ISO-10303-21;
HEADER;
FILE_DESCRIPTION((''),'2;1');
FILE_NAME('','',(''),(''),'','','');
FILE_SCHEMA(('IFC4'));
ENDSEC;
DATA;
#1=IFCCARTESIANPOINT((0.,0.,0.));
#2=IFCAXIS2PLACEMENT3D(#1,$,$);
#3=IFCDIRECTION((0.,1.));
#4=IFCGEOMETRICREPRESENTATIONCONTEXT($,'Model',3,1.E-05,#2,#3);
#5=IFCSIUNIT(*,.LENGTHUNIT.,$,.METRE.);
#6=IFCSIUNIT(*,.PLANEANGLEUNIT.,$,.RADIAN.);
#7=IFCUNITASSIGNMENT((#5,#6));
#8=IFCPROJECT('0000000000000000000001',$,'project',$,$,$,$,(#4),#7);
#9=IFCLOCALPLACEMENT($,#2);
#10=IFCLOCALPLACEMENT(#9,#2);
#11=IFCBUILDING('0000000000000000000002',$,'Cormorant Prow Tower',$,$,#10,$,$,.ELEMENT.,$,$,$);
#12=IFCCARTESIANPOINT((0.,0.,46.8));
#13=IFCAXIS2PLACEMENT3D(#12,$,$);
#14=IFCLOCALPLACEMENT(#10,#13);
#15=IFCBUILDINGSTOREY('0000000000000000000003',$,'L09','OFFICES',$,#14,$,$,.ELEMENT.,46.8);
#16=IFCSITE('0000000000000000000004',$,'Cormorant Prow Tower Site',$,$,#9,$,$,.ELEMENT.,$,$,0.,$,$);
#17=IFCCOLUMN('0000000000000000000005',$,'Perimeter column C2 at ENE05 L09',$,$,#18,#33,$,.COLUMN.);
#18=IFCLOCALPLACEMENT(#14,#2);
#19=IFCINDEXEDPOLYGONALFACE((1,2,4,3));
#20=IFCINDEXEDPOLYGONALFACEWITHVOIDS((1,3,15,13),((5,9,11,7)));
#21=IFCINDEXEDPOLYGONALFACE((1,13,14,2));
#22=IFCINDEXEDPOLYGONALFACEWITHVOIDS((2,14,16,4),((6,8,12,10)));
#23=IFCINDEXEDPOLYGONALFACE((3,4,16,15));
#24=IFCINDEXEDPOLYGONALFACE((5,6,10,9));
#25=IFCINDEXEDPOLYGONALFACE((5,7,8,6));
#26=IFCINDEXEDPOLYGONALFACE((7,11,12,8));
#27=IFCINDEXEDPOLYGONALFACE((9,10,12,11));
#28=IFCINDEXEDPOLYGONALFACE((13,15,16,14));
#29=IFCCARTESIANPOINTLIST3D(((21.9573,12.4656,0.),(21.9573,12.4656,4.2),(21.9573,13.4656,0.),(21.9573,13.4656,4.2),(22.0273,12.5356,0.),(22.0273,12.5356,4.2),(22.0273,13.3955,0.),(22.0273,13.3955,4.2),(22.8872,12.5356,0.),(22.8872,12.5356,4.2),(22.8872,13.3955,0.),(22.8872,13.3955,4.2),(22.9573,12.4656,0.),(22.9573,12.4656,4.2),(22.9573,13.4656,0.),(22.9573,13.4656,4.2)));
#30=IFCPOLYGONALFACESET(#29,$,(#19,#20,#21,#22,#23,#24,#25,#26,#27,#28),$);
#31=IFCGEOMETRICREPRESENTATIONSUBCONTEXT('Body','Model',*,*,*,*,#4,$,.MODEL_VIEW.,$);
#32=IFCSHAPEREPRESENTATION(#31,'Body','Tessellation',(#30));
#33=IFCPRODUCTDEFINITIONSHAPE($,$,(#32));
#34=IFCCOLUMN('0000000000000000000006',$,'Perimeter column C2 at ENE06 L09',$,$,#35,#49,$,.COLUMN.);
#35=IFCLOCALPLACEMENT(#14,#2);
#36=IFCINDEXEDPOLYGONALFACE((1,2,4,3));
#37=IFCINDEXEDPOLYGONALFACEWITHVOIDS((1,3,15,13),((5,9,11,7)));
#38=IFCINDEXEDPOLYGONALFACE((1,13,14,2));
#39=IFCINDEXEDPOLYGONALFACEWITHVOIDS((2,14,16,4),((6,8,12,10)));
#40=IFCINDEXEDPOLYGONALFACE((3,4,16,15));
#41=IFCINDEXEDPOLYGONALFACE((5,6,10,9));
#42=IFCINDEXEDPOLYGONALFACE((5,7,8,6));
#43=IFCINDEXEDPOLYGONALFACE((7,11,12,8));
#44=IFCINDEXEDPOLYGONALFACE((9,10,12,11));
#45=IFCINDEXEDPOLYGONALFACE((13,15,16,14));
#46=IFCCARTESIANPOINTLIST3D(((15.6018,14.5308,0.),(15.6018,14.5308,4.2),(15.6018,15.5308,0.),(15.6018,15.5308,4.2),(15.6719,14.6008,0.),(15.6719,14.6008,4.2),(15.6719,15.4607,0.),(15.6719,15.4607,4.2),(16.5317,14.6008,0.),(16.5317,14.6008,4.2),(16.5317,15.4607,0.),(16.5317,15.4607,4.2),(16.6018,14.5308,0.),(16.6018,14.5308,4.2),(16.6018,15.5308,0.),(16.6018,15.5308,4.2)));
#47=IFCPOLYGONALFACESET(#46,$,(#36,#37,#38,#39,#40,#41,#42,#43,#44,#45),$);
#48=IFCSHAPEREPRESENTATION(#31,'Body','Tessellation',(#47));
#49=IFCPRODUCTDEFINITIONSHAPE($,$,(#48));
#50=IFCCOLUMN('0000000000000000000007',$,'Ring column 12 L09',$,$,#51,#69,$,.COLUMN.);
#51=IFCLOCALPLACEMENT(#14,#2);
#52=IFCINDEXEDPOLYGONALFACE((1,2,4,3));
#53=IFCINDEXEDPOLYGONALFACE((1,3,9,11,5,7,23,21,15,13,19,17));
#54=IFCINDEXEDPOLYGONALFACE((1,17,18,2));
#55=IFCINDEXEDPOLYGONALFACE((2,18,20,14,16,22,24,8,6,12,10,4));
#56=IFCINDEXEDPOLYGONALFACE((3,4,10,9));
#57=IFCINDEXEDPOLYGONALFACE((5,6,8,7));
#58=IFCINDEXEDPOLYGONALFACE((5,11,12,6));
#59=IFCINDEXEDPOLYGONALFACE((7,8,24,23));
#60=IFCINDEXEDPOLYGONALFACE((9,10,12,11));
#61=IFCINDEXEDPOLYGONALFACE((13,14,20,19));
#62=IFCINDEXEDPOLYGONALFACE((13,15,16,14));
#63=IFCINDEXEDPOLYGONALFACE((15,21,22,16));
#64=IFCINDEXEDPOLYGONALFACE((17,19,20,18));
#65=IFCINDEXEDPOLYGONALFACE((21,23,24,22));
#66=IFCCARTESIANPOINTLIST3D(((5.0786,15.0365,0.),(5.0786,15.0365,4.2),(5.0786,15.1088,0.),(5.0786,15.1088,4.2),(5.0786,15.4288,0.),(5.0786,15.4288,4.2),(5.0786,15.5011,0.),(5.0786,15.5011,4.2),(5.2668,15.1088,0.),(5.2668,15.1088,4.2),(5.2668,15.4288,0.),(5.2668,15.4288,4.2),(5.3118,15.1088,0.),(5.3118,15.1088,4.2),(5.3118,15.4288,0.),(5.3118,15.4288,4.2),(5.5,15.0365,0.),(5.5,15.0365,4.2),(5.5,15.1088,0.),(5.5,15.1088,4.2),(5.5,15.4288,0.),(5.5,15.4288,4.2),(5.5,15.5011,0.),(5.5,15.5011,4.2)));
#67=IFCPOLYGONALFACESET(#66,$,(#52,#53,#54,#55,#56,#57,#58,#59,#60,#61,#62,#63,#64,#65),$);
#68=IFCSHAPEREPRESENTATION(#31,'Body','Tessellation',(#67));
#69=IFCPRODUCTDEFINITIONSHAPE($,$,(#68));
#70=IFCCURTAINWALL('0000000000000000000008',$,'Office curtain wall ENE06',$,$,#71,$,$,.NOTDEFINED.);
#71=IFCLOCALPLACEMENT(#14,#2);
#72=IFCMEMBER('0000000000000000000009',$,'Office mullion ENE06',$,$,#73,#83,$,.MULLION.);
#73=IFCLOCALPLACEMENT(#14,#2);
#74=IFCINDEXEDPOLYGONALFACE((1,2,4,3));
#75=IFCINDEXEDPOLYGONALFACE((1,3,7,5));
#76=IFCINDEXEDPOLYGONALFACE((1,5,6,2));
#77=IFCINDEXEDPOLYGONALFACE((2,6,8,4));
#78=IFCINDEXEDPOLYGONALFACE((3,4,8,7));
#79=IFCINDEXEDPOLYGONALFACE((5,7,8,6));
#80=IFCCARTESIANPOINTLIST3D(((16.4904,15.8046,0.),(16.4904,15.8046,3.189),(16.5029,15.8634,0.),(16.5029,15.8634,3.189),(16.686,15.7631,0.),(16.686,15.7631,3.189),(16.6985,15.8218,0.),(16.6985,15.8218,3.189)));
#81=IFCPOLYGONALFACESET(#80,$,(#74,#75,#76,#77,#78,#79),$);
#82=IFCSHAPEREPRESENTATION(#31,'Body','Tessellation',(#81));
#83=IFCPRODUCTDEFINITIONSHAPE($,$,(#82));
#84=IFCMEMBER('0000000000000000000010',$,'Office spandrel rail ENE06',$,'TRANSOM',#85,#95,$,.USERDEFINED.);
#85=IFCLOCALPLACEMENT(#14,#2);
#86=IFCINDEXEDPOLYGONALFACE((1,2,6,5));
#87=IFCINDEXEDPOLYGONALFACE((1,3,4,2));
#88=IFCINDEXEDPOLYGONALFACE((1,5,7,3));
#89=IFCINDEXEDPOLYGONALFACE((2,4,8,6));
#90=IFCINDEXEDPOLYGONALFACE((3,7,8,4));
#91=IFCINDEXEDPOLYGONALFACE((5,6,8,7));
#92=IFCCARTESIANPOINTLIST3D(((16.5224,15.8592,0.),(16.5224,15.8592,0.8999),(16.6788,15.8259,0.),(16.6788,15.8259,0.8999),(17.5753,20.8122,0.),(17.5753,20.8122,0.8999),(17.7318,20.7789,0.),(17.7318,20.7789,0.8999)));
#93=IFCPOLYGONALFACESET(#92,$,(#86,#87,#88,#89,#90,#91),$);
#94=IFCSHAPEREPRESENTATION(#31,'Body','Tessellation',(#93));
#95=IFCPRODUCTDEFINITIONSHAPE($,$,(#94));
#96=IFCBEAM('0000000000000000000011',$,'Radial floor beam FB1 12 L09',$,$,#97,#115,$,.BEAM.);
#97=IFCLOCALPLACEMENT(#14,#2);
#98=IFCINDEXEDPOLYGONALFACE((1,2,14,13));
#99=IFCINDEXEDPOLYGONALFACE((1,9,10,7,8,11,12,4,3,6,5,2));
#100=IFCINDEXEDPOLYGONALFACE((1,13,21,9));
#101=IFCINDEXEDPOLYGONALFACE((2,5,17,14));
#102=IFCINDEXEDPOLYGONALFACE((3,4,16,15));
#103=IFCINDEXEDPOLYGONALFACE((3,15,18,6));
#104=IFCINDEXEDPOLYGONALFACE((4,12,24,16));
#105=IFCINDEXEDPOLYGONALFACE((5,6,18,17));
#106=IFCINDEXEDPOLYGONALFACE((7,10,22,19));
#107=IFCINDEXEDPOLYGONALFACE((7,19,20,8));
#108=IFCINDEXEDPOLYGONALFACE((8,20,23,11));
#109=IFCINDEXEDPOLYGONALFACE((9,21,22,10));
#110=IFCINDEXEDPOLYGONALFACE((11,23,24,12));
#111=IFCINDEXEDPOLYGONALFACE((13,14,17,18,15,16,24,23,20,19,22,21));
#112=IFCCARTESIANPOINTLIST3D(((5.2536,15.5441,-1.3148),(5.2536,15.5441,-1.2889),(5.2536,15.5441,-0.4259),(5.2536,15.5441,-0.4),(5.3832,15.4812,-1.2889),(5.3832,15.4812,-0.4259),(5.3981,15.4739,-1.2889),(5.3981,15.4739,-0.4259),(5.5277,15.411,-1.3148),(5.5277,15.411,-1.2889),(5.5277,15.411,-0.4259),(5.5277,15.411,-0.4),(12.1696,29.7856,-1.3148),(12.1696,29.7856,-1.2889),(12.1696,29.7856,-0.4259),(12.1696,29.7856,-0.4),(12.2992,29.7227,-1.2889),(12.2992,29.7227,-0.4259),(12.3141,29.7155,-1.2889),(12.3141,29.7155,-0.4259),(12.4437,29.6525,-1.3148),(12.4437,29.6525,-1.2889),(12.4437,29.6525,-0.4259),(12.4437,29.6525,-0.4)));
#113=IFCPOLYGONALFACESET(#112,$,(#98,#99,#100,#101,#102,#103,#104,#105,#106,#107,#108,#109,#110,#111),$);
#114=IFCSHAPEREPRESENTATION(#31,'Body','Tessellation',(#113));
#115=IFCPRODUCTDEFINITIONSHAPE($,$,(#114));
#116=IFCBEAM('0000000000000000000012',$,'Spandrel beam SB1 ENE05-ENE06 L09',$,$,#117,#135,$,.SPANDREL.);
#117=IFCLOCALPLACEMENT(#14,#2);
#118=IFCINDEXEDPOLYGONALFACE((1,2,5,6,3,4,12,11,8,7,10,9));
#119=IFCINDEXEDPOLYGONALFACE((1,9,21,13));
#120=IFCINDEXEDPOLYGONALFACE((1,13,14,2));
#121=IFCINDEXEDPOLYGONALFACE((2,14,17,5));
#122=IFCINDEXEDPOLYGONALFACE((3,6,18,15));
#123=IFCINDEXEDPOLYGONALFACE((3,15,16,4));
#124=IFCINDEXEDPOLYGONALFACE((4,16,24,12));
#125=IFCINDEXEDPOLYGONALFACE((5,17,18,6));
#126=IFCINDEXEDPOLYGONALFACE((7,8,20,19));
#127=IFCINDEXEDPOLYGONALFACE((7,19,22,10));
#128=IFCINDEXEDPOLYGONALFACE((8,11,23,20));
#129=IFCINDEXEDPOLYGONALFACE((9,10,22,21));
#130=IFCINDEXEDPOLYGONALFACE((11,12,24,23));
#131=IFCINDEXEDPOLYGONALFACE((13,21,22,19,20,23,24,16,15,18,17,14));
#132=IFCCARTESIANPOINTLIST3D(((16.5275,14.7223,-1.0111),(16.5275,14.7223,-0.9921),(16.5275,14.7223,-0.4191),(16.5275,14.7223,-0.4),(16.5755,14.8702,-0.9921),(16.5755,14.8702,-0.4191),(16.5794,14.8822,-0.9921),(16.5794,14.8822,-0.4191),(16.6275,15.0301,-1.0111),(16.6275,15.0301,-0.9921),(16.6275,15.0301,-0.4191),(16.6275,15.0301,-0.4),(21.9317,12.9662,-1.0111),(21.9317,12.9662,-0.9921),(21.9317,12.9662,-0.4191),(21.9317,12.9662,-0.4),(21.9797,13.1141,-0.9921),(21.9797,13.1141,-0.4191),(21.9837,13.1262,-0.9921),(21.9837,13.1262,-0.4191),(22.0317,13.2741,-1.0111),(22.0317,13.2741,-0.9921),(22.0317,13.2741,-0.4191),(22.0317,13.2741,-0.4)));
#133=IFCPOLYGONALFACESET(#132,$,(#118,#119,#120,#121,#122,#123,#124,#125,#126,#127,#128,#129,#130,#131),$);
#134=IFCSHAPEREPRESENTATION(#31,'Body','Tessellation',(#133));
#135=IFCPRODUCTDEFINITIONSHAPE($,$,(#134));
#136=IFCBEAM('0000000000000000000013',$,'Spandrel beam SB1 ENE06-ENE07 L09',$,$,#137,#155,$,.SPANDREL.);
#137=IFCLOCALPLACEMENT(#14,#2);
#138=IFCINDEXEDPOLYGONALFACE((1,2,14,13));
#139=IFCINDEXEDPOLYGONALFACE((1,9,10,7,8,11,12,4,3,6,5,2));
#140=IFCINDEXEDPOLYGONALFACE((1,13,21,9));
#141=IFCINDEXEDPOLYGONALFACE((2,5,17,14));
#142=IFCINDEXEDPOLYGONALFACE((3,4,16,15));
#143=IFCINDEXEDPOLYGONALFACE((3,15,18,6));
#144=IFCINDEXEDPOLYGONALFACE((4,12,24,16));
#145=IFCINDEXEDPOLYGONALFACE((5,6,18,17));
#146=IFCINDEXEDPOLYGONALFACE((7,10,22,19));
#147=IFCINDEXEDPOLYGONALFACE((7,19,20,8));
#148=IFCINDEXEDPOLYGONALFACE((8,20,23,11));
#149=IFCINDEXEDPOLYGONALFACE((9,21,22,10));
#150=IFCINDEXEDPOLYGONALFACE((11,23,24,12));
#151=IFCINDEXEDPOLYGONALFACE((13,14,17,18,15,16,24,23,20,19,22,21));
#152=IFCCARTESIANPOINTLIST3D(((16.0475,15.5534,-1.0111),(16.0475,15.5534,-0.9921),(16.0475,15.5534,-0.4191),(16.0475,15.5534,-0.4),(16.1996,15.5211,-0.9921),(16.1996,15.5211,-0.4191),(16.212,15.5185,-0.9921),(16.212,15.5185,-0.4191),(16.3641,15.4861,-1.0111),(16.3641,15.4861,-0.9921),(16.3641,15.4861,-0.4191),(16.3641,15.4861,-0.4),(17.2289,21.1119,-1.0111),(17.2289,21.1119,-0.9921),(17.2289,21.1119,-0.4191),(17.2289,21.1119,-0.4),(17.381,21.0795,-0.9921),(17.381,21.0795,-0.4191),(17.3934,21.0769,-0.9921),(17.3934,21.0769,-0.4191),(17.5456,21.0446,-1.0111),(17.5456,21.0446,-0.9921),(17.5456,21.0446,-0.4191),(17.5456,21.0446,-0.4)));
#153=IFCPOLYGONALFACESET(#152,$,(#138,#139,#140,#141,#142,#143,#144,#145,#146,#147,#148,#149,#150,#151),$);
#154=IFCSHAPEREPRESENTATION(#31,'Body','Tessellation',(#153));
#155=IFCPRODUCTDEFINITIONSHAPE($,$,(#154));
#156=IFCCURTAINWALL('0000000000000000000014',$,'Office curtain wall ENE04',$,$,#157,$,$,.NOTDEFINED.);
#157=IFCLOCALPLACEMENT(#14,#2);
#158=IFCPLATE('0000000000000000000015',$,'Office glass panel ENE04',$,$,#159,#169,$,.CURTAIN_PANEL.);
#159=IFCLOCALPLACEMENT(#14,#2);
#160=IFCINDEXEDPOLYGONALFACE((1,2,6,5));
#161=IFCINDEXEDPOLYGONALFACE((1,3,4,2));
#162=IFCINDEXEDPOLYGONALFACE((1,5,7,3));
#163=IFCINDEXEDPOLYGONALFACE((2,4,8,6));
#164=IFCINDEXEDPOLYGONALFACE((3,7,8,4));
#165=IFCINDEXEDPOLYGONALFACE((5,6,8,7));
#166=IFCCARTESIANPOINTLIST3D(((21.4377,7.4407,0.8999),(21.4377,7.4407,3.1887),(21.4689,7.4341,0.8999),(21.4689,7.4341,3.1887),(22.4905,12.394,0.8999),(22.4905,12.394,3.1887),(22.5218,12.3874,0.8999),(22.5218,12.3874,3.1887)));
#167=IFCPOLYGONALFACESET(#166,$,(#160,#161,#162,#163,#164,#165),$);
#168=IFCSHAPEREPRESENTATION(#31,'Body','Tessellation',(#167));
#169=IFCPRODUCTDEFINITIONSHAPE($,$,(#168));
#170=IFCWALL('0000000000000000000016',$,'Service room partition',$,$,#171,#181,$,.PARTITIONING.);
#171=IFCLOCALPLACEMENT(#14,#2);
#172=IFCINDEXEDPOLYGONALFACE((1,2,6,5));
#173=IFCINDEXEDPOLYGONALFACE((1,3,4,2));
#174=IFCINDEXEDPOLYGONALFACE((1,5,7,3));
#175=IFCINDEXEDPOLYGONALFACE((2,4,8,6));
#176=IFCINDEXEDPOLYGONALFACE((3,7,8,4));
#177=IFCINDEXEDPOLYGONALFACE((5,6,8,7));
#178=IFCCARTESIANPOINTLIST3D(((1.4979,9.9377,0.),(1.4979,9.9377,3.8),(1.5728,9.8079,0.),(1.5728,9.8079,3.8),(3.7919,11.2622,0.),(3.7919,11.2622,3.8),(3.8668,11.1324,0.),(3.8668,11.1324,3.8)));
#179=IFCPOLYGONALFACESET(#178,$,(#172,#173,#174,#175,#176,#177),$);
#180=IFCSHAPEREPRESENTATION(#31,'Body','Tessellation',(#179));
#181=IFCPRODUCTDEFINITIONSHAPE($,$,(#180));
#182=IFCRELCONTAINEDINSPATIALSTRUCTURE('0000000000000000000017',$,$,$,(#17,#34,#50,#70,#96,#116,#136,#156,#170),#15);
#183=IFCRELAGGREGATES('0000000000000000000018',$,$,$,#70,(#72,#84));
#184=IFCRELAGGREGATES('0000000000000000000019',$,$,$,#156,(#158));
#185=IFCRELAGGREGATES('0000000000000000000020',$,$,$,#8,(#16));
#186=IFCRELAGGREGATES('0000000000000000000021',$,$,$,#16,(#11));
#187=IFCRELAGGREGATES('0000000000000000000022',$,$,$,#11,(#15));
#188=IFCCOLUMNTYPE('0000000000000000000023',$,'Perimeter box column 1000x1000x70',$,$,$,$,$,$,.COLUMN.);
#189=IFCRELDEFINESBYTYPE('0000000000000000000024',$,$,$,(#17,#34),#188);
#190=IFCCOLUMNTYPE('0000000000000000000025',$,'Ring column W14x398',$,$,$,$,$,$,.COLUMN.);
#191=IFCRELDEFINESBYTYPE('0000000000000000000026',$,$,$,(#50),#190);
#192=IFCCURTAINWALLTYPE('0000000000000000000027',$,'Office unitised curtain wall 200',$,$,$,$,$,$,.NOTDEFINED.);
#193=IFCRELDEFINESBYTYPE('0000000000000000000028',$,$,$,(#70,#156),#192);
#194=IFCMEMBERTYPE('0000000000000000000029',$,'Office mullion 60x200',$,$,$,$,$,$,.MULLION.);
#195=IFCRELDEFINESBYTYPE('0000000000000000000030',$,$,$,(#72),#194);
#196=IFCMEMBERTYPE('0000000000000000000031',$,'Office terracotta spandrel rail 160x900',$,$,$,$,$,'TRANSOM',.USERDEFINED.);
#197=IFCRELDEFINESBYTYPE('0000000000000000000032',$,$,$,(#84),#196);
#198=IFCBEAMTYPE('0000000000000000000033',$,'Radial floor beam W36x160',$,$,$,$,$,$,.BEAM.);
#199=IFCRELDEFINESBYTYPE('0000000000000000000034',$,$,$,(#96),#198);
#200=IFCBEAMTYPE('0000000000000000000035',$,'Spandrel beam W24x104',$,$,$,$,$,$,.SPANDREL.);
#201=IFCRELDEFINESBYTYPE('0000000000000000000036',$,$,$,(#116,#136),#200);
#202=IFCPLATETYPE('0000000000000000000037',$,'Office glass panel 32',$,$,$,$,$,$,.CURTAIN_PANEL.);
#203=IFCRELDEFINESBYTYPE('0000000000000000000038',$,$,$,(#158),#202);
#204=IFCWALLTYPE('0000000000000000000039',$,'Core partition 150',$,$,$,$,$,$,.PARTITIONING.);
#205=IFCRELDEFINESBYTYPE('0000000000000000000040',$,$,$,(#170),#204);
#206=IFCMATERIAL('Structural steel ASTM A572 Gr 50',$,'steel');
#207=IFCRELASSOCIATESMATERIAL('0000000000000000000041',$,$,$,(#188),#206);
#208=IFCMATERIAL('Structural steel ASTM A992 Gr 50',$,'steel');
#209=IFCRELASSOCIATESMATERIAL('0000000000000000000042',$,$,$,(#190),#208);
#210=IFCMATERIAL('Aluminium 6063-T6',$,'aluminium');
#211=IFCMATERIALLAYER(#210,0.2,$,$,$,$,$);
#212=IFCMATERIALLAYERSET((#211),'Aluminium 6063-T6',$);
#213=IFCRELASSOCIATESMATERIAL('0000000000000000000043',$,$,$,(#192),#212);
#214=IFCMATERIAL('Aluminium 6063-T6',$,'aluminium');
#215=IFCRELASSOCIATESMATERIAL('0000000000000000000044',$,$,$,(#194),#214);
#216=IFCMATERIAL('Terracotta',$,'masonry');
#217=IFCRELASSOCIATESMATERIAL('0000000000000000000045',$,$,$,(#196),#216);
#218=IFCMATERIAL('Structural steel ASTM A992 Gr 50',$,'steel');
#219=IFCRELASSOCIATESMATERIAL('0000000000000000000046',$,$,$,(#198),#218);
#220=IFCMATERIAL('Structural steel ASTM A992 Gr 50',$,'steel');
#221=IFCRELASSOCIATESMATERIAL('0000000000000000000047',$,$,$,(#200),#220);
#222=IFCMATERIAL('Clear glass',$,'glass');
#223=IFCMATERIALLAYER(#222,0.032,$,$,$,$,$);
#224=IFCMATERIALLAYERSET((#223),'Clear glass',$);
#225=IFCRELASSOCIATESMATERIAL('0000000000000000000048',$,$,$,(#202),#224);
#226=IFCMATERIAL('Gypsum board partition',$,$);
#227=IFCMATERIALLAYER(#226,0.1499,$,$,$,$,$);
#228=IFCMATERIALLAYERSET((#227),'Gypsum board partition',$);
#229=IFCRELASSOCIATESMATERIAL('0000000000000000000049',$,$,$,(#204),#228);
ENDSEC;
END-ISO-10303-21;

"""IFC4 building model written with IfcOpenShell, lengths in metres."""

from ifc_helpers import new_model, si_unit, direction, frame, frame_2d, origin, origin_2d, place, context, subcontext, project, spatial, rectangle, hollow_rectangle, i_section, extrude, material, layer, layer_set, material_profile, profile_set, type_object, element, aggregate, save


model = new_model("IFC4")

# Units and contexts
model_context = context("Model", 3, precision=1e-05, world=origin(), true_north=direction((0.0, 1.0)))
body_context = subcontext(model_context, "Body", "Model", "MODEL_VIEW")
ifc_project = project(units=[si_unit("LENGTHUNIT", "METRE"), si_unit("PLANEANGLEUNIT", "RADIAN")], contexts=[model_context])

# Site, building, storey
site_placement = place(None, origin())
site = spatial("IfcSite", under=ifc_project, at=site_placement, Name="Cormorant Prow Tower Site", CompositionType="ELEMENT", RefElevation=0.0)
building_placement = place(site_placement, origin())
building = spatial("IfcBuilding", under=site, at=building_placement, Name="Cormorant Prow Tower", CompositionType="ELEMENT")
storey_placement = place(building_placement, frame((0.0, 0.0, 46.8)))
storey = spatial("IfcBuildingStorey", under=building, at=storey_placement, Name="L09", Description="OFFICES", CompositionType="ELEMENT", Elevation=46.8)

# Columns
ifc_material_1 = material(Name="Structural steel ASTM A572 Gr 50", Category="steel")
ifc_material_profile_1 = material_profile(ifc_material_1, hollow_rectangle(XDim=1.0, YDim=1.0, WallThickness=0.0701, at=origin_2d()), Name="Box 1000x1000x70")
ifc_profile_set_1 = profile_set([ifc_material_profile_1], Name="Structural steel ASTM A572 Gr 50")
column_type_1 = type_object("IfcColumnType", Name="Perimeter box column 1000x1000x70", PredefinedType="COLUMN", material=ifc_profile_set_1)
for number, where, z_axis, x_axis, name in (
    (1, (22.4573, 12.9656, 0.0), (0.0, 0.0, 1.0), (1.0, 0.0, 0.0), "Perimeter column C2 at ENE05 L09"),
    (2, (16.1018, 15.0308, 0.0), (0.0, 0.0, 1.0), (1.0, 0.0, 0.0), "Perimeter column C2 at ENE06 L09"),
):
    element("IfcColumn", number, at=place(storey_placement, frame(where, z_axis=z_axis, x_axis=x_axis)), inside=storey, type_object=column_type_1, Name=name, PredefinedType="COLUMN", context=body_context, shape_type="SweptSolid", body=[
        extrude(hollow_rectangle(XDim=1.0, YDim=1.0, WallThickness=0.0701, at=origin_2d()), origin(), (0.0, 0.0, 1.0), 4.2),
    ])
ifc_material_2 = material(Name="Structural steel ASTM A992 Gr 50", Category="steel")
ifc_material_profile_2 = material_profile(ifc_material_2, i_section(OverallWidth=0.4214, OverallDepth=0.4646, WebThickness=0.0449, FlangeThickness=0.0723, at=origin_2d()), Name="W14x398")
ifc_profile_set_2 = profile_set([ifc_material_profile_2], Name="Structural steel ASTM A992 Gr 50")
column_type_2 = type_object("IfcColumnType", Name="Ring column W14x398", PredefinedType="COLUMN", material=ifc_profile_set_2)
column_placement = place(storey_placement, frame((5.2893, 15.2688, 0.0), z_axis=(0.0, 0.0, 1.0), x_axis=(1.0, 0.0, 0.0)))
element("IfcColumn", 3, at=column_placement, inside=storey, type_object=column_type_2, Name="Ring column 12 L09", PredefinedType="COLUMN", context=body_context, shape_type="SweptSolid", body=[
    extrude(i_section(OverallWidth=0.4214, OverallDepth=0.4646, WebThickness=0.0449, FlangeThickness=0.0723, at=origin_2d()), origin(), (0.0, 0.0, 1.0), 4.2),
])

# Curtain wall, members
ifc_material_3 = material(Name="Aluminium 6063-T6", Category="aluminium")
ifc_layer_1 = layer(ifc_material_3, 0.2)
ifc_layer_set_1 = layer_set([ifc_layer_1], Name="Aluminium 6063-T6")
curtain_wall_type = type_object("IfcCurtainWallType", Name="Office unitised curtain wall 200", PredefinedType="NOTDEFINED", material=ifc_layer_set_1)
curtain_wall_1_placement = place(storey_placement, origin())
curtain_wall_1 = element("IfcCurtainWall", 4, at=curtain_wall_1_placement, inside=storey, type_object=curtain_wall_type, Name="Office curtain wall ENE06", PredefinedType="NOTDEFINED")
ifc_material_4 = material(Name="Aluminium 6063-T6", Category="aluminium")
ifc_material_profile_3 = material_profile(ifc_material_4, rectangle(XDim=0.2, YDim=0.0601, at=origin_2d()), Name="Office mullion 60x200")
ifc_profile_set_3 = profile_set([ifc_material_profile_3], Name="Aluminium 6063-T6")
member_type_1 = type_object("IfcMemberType", Name="Office mullion 60x200", PredefinedType="MULLION", material=ifc_profile_set_3)
member_1_placement = place(storey_placement, frame((16.5945, 15.8132, 0.0), z_axis=(0.0, 0.0, 1.0), x_axis=(-0.978148, 0.207912, 0.0)))
member_1 = element("IfcMember", 5, at=member_1_placement, type_object=member_type_1, Name="Office mullion ENE06", PredefinedType="MULLION", context=body_context, shape_type="SweptSolid", body=[
    extrude(rectangle(XDim=0.2, YDim=0.0601, at=origin_2d()), origin(), (0.0, 0.0, 1.0), 3.189),
])
ifc_material_5 = material(Name="Terracotta", Category="masonry")
ifc_material_profile_4 = material_profile(ifc_material_5, rectangle(XDim=0.1599, YDim=0.8999, at=origin_2d()), Name="Office terracotta spandrel rail 160x900")
ifc_profile_set_4 = profile_set([ifc_material_profile_4], Name="Terracotta")
member_type_2 = type_object("IfcMemberType", Name="Office terracotta spandrel rail 160x900", ElementType="TRANSOM", PredefinedType="USERDEFINED", material=ifc_profile_set_4)
member_2_placement = place(storey_placement, frame((16.6006, 15.8425, 0.45), z_axis=(0.207942, 0.978141, 0.0), x_axis=(-0.978141, 0.207942, 0.0)))
member_2 = element("IfcMember", 6, at=member_2_placement, type_object=member_type_2, Name="Office spandrel rail ENE06", ObjectType="TRANSOM", PredefinedType="USERDEFINED", context=body_context, shape_type="SweptSolid", body=[
    extrude(rectangle(XDim=0.1599, YDim=0.8999, at=origin_2d()), origin(), (0.0, 0.0, 1.0), 5.0637),
])
aggregate(curtain_wall_1, [member_1, member_2])

# Beams
ifc_material_6 = material(Name="Structural steel ASTM A992 Gr 50", Category="steel")
ifc_material_profile_5 = material_profile(ifc_material_6, i_section(OverallWidth=0.3047, OverallDepth=0.9148, WebThickness=0.0166, FlangeThickness=0.0259, at=origin_2d()), Name="W36x160")
ifc_profile_set_5 = profile_set([ifc_material_profile_5], Name="Structural steel ASTM A992 Gr 50")
beam_type_1 = type_object("IfcBeamType", Name="Radial floor beam W36x160", PredefinedType="BEAM", material=ifc_profile_set_5)
beam_1_placement = place(storey_placement, frame((5.3906, 15.4775, -0.8574), z_axis=(0.436839, 0.899539, 0.0), x_axis=(-0.899539, 0.436839, 0.0)))
element("IfcBeam", 7, at=beam_1_placement, inside=storey, type_object=beam_type_1, Name="Radial floor beam FB1 12 L09", PredefinedType="BEAM", context=body_context, shape_type="SweptSolid", body=[
    extrude(i_section(OverallWidth=0.3047, OverallDepth=0.9148, WebThickness=0.0166, FlangeThickness=0.0259, at=origin_2d()), origin(), (0.0, 0.0, 1.0), 15.832),
])
ifc_material_7 = material(Name="Structural steel ASTM A992 Gr 50", Category="steel")
ifc_material_profile_6 = material_profile(ifc_material_7, i_section(OverallWidth=0.3237, OverallDepth=0.6111, WebThickness=0.0127, FlangeThickness=0.019, at=origin_2d()), Name="W24x104")
ifc_profile_set_6 = profile_set([ifc_material_profile_6], Name="Structural steel ASTM A992 Gr 50")
beam_type_2 = type_object("IfcBeamType", Name="Spandrel beam W24x104", PredefinedType="SPANDREL", material=ifc_profile_set_6)
beam_2_placement = place(storey_placement, frame((21.9817, 13.1201, -0.7056), z_axis=(-0.951049, 0.309039, 0.0), x_axis=(-0.309039, -0.951049, 0.0)))
element("IfcBeam", 8, at=beam_2_placement, inside=storey, type_object=beam_type_2, Name="Spandrel beam SB1 ENE05-ENE06 L09", PredefinedType="SPANDREL", context=body_context, shape_type="SweptSolid", body=[
    extrude(i_section(OverallWidth=0.3237, OverallDepth=0.6111, WebThickness=0.0127, FlangeThickness=0.019, at=origin_2d()), origin(), (0.0, 0.0, 1.0), 5.6824),
])
beam_3_placement = place(storey_placement, frame((16.2058, 15.5198, -0.7056), z_axis=(0.2079, 0.97815, 0.0), x_axis=(-0.97815, 0.2079, 0.0)))
element("IfcBeam", 9, at=beam_3_placement, inside=storey, type_object=beam_type_2, Name="Spandrel beam SB1 ENE06-ENE07 L09", PredefinedType="SPANDREL", context=body_context, shape_type="SweptSolid", body=[
    extrude(i_section(OverallWidth=0.3237, OverallDepth=0.6111, WebThickness=0.0127, FlangeThickness=0.019, at=origin_2d()), origin(), (0.0, 0.0, 1.0), 5.6826),
])

# Curtain wall, plate
curtain_wall_2_placement = place(storey_placement, origin())
curtain_wall_2 = element("IfcCurtainWall", 10, at=curtain_wall_2_placement, inside=storey, type_object=curtain_wall_type, Name="Office curtain wall ENE04", PredefinedType="NOTDEFINED")
ifc_material_8 = material(Name="Clear glass", Category="glass")
ifc_layer_2 = layer(ifc_material_8, 0.032)
ifc_layer_set_2 = layer_set([ifc_layer_2], Name="Clear glass")
plate_type = type_object("IfcPlateType", Name="Office glass panel 32", PredefinedType="CURTAIN_PANEL", material=ifc_layer_set_2)
plate_placement = place(storey_placement, frame((21.9797, 9.9141, 0.8999), z_axis=(0.0, 0.0, 1.0), x_axis=(0.207912, 0.978148, 0.0)))
plate = element("IfcPlate", 11, at=plate_placement, type_object=plate_type, Name="Office glass panel ENE04", PredefinedType="CURTAIN_PANEL", context=body_context, shape_type="SweptSolid", body=[
    extrude(rectangle(XDim=5.064, YDim=0.032, at=origin_2d()), origin(), (0.0, 0.0, 1.0), 2.2888),
])
aggregate(curtain_wall_2, [plate])

# Wall
ifc_material_9 = material(Name="Gypsum board partition")
ifc_layer_3 = layer(ifc_material_9, 0.1499)
ifc_layer_set_3 = layer_set([ifc_layer_3], Name="Gypsum board partition")
wall_type_1 = type_object("IfcWallType", Name="Core partition 150", PredefinedType="PARTITIONING", material=ifc_layer_set_3)
wall_1_placement = place(storey_placement, frame((3.8293, 11.1973, 0.0), z_axis=(0.0, 0.0, 1.0), x_axis=(-0.866017, -0.500015, 0.0)))
element("IfcWall", 12, at=wall_1_placement, inside=storey, type_object=wall_type_1, Name="Service room partition", PredefinedType="PARTITIONING", context=body_context, shape_type="SweptSolid", body=[
    extrude(rectangle(XDim=2.6489, YDim=0.1499, at=frame_2d((1.3245, 0.0))), origin(), (0.0, 0.0, 1.0), 3.8),
])

save(model, "model.ifc")
